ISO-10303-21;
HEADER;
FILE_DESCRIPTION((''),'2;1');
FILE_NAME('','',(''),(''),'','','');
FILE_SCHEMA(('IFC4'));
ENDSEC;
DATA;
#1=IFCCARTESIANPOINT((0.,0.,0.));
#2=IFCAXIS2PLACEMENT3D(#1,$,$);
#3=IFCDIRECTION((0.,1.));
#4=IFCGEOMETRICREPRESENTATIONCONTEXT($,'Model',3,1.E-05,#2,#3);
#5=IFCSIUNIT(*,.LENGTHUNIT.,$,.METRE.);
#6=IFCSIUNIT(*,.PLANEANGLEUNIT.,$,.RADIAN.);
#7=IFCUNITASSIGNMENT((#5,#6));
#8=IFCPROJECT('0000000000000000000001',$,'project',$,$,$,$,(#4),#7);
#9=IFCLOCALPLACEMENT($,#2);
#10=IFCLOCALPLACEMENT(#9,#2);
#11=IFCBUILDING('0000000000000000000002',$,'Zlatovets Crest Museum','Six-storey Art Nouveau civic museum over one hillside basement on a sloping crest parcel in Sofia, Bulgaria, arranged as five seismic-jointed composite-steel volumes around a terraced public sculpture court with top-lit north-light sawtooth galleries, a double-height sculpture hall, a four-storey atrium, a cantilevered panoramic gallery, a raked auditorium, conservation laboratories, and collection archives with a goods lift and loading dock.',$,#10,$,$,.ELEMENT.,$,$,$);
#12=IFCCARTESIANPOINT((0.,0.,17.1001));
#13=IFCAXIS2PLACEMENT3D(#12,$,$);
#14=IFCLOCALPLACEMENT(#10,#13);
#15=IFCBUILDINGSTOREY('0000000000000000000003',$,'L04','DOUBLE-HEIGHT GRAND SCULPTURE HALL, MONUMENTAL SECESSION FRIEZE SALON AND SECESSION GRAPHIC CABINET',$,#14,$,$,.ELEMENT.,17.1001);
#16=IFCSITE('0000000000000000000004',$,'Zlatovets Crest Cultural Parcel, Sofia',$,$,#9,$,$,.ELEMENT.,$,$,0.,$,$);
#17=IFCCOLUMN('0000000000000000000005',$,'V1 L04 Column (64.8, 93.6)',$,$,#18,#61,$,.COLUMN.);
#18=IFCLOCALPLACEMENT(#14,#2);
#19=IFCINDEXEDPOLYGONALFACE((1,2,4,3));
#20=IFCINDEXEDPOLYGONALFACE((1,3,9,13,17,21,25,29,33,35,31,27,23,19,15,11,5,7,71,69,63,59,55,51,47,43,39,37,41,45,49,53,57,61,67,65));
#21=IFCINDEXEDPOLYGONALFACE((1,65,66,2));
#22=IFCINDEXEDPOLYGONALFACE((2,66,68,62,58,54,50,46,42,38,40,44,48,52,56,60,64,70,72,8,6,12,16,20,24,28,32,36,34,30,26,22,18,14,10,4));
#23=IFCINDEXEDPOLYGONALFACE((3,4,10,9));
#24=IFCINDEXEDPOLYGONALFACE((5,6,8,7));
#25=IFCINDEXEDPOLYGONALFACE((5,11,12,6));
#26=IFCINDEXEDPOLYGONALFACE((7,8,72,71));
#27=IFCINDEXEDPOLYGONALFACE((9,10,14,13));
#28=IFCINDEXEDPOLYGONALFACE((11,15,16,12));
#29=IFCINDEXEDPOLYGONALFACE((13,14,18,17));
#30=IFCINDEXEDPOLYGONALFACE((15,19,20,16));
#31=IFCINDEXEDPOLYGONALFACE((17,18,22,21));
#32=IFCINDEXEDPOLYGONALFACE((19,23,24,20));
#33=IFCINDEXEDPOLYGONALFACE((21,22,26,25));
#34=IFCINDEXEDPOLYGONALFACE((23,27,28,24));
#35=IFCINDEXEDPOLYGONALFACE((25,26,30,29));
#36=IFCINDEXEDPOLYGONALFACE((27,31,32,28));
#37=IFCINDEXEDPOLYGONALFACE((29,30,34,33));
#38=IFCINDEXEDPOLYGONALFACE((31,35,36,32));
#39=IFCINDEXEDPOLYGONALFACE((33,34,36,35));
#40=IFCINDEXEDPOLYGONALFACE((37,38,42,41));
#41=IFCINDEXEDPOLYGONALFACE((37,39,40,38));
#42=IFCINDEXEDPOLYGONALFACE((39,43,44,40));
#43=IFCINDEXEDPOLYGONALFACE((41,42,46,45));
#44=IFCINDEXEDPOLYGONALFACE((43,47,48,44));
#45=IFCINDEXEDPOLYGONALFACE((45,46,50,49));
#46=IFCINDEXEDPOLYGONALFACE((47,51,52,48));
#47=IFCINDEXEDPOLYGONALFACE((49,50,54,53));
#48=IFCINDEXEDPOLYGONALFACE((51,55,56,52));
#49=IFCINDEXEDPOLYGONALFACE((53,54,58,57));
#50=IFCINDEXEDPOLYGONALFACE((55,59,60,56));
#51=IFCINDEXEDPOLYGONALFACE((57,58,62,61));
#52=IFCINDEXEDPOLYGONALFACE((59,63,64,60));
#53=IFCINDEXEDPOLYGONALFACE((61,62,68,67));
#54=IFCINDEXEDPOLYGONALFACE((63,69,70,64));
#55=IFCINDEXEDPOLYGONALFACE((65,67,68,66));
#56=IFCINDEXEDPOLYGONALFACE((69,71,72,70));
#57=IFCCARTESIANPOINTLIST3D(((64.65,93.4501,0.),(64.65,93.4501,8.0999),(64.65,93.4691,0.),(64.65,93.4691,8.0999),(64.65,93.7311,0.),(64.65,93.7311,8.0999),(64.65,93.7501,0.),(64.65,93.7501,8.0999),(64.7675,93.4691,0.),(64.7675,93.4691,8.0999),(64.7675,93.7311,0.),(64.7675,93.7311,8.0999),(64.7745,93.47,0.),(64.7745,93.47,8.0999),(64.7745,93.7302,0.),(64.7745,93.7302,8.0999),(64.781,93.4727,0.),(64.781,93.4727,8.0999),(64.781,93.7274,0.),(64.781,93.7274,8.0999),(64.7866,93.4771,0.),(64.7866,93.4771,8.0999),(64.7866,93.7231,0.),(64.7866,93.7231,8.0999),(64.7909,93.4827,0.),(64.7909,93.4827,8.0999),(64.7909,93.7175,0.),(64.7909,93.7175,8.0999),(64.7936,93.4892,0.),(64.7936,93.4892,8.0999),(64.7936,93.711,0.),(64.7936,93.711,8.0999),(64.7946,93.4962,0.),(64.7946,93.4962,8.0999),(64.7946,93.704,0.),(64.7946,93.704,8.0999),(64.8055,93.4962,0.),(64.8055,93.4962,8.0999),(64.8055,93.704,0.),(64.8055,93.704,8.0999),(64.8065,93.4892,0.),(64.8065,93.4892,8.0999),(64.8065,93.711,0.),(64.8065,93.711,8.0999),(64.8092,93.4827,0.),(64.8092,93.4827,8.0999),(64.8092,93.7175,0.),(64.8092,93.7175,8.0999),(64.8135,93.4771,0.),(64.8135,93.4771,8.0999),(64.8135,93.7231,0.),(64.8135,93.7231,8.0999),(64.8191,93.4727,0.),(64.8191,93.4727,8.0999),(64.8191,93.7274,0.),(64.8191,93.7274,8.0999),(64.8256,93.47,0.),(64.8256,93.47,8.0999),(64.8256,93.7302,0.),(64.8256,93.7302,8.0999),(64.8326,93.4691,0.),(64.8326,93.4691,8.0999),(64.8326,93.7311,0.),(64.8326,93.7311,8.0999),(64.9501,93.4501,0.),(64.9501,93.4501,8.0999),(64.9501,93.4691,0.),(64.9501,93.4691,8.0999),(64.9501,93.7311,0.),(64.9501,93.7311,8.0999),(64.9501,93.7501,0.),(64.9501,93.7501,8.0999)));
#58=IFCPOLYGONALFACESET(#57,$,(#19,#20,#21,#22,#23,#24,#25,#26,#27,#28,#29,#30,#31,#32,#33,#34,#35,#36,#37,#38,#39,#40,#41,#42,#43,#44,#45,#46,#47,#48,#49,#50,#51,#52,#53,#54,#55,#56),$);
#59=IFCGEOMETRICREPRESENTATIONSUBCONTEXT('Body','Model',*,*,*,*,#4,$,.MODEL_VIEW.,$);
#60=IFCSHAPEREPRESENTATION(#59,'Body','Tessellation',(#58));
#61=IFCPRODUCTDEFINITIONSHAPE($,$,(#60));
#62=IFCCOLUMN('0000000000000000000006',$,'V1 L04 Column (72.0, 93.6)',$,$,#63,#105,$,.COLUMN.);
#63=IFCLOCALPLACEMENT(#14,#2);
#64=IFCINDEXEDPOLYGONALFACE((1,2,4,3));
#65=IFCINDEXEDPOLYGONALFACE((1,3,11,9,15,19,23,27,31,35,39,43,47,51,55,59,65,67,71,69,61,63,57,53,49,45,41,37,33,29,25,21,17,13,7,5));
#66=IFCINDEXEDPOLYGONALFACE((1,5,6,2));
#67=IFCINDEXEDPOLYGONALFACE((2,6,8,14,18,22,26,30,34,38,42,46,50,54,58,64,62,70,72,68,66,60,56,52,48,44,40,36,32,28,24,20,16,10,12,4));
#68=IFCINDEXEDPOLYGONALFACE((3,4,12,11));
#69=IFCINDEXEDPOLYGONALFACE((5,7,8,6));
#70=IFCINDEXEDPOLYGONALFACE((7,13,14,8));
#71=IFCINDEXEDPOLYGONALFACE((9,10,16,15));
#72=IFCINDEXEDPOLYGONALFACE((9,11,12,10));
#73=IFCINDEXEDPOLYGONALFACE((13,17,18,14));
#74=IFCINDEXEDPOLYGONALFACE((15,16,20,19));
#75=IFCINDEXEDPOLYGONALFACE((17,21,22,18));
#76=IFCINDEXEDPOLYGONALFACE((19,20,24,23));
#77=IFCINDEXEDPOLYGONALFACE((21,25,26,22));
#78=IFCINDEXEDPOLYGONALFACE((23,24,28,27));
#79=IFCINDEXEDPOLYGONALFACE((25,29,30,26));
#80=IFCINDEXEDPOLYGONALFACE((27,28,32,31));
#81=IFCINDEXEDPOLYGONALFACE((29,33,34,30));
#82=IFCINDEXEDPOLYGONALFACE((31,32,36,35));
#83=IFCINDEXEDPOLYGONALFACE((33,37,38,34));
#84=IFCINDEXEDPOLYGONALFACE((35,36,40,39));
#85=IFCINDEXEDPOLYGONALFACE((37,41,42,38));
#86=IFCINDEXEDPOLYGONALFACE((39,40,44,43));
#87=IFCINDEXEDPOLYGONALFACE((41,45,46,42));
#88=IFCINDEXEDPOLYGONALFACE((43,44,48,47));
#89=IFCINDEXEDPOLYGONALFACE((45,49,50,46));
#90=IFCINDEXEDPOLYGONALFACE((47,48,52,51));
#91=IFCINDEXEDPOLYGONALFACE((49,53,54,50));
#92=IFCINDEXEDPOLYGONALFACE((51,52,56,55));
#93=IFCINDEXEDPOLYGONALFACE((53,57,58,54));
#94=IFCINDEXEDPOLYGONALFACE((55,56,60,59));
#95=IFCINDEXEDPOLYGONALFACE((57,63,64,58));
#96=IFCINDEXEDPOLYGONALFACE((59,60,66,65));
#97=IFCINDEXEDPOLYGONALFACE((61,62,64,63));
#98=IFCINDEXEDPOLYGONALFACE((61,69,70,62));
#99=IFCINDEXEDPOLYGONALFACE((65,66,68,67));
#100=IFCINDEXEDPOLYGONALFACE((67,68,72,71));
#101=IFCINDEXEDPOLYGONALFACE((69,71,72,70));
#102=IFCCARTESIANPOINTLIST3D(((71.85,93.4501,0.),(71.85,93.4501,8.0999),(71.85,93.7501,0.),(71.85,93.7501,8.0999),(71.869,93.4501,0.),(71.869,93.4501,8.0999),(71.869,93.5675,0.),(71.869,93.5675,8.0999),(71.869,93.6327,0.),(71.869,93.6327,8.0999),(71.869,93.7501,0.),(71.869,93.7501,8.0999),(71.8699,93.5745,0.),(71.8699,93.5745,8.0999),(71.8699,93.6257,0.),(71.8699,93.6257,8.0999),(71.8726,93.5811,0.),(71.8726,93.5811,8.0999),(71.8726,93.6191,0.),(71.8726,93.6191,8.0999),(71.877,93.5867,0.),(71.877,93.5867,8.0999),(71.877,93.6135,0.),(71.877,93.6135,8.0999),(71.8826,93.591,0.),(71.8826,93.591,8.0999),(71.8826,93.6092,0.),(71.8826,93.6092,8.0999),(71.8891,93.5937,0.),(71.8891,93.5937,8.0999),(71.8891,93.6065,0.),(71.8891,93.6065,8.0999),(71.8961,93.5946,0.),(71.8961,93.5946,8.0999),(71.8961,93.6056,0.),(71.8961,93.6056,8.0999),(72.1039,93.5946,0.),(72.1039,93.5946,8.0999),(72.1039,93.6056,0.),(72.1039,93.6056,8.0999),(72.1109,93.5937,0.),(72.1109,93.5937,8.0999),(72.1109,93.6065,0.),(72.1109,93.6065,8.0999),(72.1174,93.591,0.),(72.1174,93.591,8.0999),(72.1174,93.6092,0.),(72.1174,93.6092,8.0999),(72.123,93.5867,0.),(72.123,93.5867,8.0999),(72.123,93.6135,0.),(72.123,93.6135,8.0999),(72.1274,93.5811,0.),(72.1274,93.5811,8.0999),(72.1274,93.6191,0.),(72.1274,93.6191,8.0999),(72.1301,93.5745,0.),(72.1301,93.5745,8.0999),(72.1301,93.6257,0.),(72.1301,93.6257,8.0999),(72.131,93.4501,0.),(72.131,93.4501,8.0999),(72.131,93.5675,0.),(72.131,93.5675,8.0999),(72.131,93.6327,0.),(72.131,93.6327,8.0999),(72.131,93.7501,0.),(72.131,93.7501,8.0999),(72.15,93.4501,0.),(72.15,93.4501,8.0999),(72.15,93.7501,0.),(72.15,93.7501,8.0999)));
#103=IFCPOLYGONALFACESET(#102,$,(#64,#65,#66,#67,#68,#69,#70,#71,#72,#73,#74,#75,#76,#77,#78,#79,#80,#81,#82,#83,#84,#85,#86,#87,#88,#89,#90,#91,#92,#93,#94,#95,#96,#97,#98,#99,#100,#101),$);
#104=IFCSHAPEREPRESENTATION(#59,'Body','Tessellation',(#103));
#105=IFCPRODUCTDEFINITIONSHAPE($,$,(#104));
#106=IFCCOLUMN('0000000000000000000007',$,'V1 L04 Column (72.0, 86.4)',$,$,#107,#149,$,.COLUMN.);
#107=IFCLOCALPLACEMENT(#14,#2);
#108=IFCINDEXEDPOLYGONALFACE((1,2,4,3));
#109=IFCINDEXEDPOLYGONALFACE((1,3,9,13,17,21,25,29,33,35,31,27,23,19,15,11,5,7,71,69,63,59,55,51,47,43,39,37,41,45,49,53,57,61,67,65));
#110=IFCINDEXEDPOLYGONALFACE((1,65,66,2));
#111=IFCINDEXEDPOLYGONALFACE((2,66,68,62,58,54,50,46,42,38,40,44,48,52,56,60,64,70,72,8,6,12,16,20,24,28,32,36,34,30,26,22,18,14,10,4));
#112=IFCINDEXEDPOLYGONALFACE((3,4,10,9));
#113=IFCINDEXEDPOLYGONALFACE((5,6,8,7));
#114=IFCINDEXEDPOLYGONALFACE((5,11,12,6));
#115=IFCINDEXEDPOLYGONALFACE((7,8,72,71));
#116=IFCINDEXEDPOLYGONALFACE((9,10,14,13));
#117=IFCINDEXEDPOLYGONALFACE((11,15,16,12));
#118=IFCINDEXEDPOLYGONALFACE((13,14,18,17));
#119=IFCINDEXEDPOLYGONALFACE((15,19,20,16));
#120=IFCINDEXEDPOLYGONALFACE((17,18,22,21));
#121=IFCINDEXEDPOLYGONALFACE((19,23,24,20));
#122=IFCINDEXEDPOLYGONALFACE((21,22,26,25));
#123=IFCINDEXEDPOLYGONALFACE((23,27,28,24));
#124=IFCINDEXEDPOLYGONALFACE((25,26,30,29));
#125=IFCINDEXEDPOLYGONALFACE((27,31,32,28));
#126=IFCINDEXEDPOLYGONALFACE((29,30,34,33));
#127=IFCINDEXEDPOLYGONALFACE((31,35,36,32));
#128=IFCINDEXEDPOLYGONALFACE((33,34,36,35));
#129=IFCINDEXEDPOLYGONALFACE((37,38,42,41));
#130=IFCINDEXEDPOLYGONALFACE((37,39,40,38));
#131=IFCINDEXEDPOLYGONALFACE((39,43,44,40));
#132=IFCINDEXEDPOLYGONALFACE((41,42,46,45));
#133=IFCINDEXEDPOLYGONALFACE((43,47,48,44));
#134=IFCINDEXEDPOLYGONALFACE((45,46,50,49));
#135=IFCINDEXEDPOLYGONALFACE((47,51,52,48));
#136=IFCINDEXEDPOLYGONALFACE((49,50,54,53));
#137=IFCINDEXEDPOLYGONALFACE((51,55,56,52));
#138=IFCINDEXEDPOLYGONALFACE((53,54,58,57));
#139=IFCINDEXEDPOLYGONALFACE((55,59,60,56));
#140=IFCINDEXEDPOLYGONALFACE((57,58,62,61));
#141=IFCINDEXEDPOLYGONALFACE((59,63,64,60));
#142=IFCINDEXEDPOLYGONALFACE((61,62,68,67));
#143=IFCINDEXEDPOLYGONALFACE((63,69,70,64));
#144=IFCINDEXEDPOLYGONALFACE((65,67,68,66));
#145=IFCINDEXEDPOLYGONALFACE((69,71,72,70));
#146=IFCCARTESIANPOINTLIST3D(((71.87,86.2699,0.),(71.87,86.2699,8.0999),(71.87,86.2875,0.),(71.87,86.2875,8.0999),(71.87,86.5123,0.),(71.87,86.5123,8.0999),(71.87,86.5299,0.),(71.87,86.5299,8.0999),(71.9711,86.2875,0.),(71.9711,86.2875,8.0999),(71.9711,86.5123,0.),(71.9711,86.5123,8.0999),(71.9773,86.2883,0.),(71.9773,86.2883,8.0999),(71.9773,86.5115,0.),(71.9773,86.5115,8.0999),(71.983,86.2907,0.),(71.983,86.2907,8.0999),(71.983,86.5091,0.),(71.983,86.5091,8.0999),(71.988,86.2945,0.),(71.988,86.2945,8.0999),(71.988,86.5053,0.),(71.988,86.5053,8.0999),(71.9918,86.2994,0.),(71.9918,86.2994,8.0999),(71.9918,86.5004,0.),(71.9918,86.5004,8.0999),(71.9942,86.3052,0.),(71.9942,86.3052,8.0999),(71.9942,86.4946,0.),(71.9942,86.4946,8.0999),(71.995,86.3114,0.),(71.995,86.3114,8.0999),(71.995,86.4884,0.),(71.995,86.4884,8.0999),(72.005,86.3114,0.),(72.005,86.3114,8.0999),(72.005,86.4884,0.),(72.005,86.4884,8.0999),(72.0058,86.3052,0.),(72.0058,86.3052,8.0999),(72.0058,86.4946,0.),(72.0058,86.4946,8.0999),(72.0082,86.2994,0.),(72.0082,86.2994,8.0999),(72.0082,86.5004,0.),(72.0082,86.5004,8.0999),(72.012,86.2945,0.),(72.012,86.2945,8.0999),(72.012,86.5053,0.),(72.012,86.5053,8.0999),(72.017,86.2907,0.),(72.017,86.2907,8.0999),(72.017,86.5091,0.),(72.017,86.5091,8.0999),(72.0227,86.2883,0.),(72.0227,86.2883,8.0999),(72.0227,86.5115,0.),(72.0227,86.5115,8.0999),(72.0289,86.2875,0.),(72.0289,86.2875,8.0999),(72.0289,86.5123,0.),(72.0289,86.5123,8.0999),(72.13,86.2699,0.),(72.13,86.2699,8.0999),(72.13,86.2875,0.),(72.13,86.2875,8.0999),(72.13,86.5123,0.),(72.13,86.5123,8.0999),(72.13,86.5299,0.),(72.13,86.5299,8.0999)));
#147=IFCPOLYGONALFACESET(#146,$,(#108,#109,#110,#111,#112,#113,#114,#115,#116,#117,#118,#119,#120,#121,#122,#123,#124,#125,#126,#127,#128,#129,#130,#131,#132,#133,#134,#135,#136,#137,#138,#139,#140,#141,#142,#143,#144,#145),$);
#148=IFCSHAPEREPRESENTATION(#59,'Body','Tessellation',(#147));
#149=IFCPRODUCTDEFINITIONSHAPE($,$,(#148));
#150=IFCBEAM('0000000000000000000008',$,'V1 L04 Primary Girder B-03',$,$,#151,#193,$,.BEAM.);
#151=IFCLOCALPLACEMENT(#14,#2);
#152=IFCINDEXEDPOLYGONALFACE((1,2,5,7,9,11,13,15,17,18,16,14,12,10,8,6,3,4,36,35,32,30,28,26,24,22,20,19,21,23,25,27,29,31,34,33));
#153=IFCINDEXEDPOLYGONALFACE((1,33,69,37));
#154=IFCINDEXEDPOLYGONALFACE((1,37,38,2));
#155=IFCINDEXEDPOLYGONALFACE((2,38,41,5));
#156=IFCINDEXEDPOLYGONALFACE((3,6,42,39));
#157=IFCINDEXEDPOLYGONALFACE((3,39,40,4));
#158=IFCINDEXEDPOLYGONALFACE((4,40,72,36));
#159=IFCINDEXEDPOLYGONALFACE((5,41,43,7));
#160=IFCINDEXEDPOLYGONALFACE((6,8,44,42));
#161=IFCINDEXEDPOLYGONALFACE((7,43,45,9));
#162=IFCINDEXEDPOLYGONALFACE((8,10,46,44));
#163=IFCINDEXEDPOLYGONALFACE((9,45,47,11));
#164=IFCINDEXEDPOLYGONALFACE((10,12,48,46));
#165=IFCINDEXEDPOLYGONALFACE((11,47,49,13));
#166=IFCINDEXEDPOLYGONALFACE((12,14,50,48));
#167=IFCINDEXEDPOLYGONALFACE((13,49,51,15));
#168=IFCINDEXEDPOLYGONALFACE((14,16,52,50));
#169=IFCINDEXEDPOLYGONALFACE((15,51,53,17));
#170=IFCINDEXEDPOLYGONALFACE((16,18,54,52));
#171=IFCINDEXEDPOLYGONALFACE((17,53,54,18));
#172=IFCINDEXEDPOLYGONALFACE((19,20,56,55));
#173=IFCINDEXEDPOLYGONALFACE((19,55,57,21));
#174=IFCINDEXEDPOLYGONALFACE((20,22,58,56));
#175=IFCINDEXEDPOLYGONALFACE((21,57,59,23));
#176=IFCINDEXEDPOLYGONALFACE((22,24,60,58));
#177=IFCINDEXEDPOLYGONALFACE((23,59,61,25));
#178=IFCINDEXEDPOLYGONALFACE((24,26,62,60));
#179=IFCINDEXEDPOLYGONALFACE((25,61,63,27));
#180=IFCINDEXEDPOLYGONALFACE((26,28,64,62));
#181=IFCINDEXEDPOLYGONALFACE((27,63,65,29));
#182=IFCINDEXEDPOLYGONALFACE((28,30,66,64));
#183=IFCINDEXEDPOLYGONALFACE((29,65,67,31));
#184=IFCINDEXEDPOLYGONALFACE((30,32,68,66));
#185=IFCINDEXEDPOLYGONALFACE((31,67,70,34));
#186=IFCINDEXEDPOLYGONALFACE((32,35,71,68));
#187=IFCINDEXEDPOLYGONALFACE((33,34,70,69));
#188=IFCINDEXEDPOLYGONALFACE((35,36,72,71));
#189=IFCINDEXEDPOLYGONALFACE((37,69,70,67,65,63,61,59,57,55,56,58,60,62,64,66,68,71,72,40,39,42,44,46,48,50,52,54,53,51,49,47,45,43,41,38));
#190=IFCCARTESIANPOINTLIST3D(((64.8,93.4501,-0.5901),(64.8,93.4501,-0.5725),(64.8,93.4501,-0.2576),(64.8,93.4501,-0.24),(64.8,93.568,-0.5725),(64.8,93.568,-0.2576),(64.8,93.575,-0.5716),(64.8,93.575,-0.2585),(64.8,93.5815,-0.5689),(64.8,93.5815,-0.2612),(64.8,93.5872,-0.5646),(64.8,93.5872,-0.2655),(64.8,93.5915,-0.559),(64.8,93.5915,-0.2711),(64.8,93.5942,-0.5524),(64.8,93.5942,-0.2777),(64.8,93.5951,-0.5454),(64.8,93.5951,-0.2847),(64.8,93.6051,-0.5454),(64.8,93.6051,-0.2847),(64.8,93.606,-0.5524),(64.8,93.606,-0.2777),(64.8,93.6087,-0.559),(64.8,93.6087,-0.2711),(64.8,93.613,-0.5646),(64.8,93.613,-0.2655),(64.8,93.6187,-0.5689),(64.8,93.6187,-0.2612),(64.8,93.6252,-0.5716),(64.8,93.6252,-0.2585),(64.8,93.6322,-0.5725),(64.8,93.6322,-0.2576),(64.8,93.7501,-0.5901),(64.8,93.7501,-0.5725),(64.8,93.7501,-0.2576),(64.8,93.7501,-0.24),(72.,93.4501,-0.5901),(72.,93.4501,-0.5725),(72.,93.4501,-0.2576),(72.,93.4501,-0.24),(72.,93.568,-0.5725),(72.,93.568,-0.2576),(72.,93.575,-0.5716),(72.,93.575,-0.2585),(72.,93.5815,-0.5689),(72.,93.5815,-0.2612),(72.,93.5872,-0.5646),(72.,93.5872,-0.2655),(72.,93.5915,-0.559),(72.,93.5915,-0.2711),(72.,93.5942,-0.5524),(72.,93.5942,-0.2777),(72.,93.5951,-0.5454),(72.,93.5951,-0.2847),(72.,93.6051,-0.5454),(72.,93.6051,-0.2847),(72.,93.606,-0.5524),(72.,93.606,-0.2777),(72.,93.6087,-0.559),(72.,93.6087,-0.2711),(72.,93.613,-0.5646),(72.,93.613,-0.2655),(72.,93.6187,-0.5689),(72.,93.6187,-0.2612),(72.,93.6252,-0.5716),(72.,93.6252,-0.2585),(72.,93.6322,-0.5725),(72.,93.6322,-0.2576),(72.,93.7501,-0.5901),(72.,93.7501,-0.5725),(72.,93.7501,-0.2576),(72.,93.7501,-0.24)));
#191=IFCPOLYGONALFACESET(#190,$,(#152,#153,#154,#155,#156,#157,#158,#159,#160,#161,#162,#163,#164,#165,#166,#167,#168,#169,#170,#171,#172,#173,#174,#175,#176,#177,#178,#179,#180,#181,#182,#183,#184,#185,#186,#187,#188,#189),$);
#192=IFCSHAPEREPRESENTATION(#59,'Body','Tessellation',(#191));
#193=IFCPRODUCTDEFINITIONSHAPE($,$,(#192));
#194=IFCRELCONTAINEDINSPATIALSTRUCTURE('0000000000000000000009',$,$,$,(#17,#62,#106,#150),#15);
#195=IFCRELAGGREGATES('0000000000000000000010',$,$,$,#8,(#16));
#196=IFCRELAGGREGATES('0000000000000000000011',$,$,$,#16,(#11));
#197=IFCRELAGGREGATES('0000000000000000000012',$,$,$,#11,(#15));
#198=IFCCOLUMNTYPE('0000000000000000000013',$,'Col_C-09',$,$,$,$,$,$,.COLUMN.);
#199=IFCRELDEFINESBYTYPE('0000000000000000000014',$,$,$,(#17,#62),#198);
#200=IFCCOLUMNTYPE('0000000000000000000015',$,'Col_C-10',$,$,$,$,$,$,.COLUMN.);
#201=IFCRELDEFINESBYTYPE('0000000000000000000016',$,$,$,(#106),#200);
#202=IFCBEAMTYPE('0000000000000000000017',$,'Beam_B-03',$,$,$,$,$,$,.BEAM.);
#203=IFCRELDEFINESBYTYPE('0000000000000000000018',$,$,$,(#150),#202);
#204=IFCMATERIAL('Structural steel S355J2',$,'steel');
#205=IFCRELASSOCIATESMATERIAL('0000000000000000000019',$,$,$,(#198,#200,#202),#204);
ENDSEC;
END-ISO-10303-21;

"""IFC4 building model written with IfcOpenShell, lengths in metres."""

from ifc_helpers import new_model, si_unit, direction, frame, origin, origin_2d, place, context, subcontext, project, spatial, i_section, extrude, material, material_profile, profile_set, type_object, element, save


model = new_model("IFC4")

# Units and contexts
model_context = context("Model", 3, precision=1e-05, world=origin(), true_north=direction((0.0, 1.0)))
body_context = subcontext(model_context, "Body", "Model", "MODEL_VIEW")
ifc_project = project(units=[si_unit("LENGTHUNIT", "METRE"), si_unit("PLANEANGLEUNIT", "RADIAN")], contexts=[model_context])

# Site, building, storey
site_placement = place(None, origin())
site = spatial("IfcSite", under=ifc_project, at=site_placement, Name="Zlatovets Crest Cultural Parcel, Sofia", CompositionType="ELEMENT", RefElevation=0.0)
building_placement = place(site_placement, origin())
building = spatial("IfcBuilding", under=site, at=building_placement, Name="Zlatovets Crest Museum", Description="Six-storey Art Nouveau civic museum over one hillside basement on a sloping crest parcel in Sofia, Bulgaria, arranged as five seismic-jointed composite-steel volumes around a terraced public sculpture court with top-lit north-light sawtooth galleries, a double-height sculpture hall, a four-storey atrium, a cantilevered panoramic gallery, a raked auditorium, conservation laboratories, and collection archives with a goods lift and loading dock.", CompositionType="ELEMENT")
storey_placement = place(building_placement, frame((0.0, 0.0, 17.1001)))
storey = spatial("IfcBuildingStorey", under=building, at=storey_placement, Name="L04", Description="DOUBLE-HEIGHT GRAND SCULPTURE HALL, MONUMENTAL SECESSION FRIEZE SALON AND SECESSION GRAPHIC CABINET", CompositionType="ELEMENT", Elevation=17.1001)

# Columns
ifc_material_1 = material(Name="Structural steel S355J2", Category="steel")
ifc_material_profile_1 = material_profile(ifc_material_1, i_section(OverallWidth=0.3, OverallDepth=0.3, WebThickness=0.011, FlangeThickness=0.019, FilletRadius=0.0271, at=origin_2d()), Name="HEB 300")
ifc_profile_set_1 = profile_set([ifc_material_profile_1], Name="Structural steel S355J2")
column_type_1 = type_object("IfcColumnType", Name="Col_C-09", PredefinedType="COLUMN", material=ifc_profile_set_1)
for number, where, z_axis, x_axis, name in (
    (1, (64.8, 93.6001, 0.0), (0.0, 0.0, 1.0), (1.0, 0.0, 0.0), "V1 L04 Column (64.8, 93.6)"),
    (2, (72.0, 93.6001, 0.0), (0.0, 0.0, 1.0), (0.0, 1.0, 0.0), "V1 L04 Column (72.0, 93.6)"),
):
    element("IfcColumn", number, at=place(storey_placement, frame(where, z_axis=z_axis, x_axis=x_axis)), inside=storey, type_object=column_type_1, Name=name, PredefinedType="COLUMN", context=body_context, shape_type="SweptSolid", body=[
        extrude(i_section(OverallWidth=0.3, OverallDepth=0.3, WebThickness=0.011, FlangeThickness=0.019, FilletRadius=0.0271, at=origin_2d()), origin(), (0.0, 0.0, 1.0), 8.0999),
    ])
ifc_material_profile_2 = material_profile(ifc_material_1, i_section(OverallWidth=0.26, OverallDepth=0.26, WebThickness=0.01, FlangeThickness=0.0176, FilletRadius=0.0239, at=origin_2d()), Name="HEB 260")
ifc_profile_set_2 = profile_set([ifc_material_profile_2], Name="Structural steel S355J2")
column_type_2 = type_object("IfcColumnType", Name="Col_C-10", PredefinedType="COLUMN", material=ifc_profile_set_2)
column_placement = place(storey_placement, frame((72.0, 86.3999, 0.0), z_axis=(0.0, 0.0, 1.0), x_axis=(1.0, 0.0, 0.0)))
element("IfcColumn", 3, at=column_placement, inside=storey, type_object=column_type_2, Name="V1 L04 Column (72.0, 86.4)", PredefinedType="COLUMN", context=body_context, shape_type="SweptSolid", body=[
    extrude(i_section(OverallWidth=0.26, OverallDepth=0.26, WebThickness=0.01, FlangeThickness=0.0176, FilletRadius=0.0239, at=origin_2d()), origin(), (0.0, 0.0, 1.0), 8.0999),
])

# Beam
ifc_material_profile_3 = material_profile(ifc_material_1, i_section(OverallWidth=0.3, OverallDepth=0.3501, WebThickness=0.01, FlangeThickness=0.0176, FilletRadius=0.0271, at=origin_2d()), Name="HEA 360")
ifc_profile_set_3 = profile_set([ifc_material_profile_3], Name="Structural steel S355J2")
beam_type_1 = type_object("IfcBeamType", Name="Beam_B-03", PredefinedType="BEAM", material=ifc_profile_set_3)
for number, where, z_axis, x_axis, name in (
    (4, (64.8, 93.6001, -0.415), (1.0, 0.0, 0.0), (0.0, 1.0, 0.0), "V1 L04 Primary Girder B-03"),
):
    element("IfcBeam", number, at=place(storey_placement, frame(where, z_axis=z_axis, x_axis=x_axis)), inside=storey, type_object=beam_type_1, Name=name, PredefinedType="BEAM", context=body_context, shape_type="SweptSolid", body=[
        extrude(i_section(OverallWidth=0.3, OverallDepth=0.3501, WebThickness=0.01, FlangeThickness=0.0176, FilletRadius=0.0271, at=origin_2d()), origin(), (0.0, 0.0, 1.0), 7.2),
    ])

save(model, "model.ifc")
